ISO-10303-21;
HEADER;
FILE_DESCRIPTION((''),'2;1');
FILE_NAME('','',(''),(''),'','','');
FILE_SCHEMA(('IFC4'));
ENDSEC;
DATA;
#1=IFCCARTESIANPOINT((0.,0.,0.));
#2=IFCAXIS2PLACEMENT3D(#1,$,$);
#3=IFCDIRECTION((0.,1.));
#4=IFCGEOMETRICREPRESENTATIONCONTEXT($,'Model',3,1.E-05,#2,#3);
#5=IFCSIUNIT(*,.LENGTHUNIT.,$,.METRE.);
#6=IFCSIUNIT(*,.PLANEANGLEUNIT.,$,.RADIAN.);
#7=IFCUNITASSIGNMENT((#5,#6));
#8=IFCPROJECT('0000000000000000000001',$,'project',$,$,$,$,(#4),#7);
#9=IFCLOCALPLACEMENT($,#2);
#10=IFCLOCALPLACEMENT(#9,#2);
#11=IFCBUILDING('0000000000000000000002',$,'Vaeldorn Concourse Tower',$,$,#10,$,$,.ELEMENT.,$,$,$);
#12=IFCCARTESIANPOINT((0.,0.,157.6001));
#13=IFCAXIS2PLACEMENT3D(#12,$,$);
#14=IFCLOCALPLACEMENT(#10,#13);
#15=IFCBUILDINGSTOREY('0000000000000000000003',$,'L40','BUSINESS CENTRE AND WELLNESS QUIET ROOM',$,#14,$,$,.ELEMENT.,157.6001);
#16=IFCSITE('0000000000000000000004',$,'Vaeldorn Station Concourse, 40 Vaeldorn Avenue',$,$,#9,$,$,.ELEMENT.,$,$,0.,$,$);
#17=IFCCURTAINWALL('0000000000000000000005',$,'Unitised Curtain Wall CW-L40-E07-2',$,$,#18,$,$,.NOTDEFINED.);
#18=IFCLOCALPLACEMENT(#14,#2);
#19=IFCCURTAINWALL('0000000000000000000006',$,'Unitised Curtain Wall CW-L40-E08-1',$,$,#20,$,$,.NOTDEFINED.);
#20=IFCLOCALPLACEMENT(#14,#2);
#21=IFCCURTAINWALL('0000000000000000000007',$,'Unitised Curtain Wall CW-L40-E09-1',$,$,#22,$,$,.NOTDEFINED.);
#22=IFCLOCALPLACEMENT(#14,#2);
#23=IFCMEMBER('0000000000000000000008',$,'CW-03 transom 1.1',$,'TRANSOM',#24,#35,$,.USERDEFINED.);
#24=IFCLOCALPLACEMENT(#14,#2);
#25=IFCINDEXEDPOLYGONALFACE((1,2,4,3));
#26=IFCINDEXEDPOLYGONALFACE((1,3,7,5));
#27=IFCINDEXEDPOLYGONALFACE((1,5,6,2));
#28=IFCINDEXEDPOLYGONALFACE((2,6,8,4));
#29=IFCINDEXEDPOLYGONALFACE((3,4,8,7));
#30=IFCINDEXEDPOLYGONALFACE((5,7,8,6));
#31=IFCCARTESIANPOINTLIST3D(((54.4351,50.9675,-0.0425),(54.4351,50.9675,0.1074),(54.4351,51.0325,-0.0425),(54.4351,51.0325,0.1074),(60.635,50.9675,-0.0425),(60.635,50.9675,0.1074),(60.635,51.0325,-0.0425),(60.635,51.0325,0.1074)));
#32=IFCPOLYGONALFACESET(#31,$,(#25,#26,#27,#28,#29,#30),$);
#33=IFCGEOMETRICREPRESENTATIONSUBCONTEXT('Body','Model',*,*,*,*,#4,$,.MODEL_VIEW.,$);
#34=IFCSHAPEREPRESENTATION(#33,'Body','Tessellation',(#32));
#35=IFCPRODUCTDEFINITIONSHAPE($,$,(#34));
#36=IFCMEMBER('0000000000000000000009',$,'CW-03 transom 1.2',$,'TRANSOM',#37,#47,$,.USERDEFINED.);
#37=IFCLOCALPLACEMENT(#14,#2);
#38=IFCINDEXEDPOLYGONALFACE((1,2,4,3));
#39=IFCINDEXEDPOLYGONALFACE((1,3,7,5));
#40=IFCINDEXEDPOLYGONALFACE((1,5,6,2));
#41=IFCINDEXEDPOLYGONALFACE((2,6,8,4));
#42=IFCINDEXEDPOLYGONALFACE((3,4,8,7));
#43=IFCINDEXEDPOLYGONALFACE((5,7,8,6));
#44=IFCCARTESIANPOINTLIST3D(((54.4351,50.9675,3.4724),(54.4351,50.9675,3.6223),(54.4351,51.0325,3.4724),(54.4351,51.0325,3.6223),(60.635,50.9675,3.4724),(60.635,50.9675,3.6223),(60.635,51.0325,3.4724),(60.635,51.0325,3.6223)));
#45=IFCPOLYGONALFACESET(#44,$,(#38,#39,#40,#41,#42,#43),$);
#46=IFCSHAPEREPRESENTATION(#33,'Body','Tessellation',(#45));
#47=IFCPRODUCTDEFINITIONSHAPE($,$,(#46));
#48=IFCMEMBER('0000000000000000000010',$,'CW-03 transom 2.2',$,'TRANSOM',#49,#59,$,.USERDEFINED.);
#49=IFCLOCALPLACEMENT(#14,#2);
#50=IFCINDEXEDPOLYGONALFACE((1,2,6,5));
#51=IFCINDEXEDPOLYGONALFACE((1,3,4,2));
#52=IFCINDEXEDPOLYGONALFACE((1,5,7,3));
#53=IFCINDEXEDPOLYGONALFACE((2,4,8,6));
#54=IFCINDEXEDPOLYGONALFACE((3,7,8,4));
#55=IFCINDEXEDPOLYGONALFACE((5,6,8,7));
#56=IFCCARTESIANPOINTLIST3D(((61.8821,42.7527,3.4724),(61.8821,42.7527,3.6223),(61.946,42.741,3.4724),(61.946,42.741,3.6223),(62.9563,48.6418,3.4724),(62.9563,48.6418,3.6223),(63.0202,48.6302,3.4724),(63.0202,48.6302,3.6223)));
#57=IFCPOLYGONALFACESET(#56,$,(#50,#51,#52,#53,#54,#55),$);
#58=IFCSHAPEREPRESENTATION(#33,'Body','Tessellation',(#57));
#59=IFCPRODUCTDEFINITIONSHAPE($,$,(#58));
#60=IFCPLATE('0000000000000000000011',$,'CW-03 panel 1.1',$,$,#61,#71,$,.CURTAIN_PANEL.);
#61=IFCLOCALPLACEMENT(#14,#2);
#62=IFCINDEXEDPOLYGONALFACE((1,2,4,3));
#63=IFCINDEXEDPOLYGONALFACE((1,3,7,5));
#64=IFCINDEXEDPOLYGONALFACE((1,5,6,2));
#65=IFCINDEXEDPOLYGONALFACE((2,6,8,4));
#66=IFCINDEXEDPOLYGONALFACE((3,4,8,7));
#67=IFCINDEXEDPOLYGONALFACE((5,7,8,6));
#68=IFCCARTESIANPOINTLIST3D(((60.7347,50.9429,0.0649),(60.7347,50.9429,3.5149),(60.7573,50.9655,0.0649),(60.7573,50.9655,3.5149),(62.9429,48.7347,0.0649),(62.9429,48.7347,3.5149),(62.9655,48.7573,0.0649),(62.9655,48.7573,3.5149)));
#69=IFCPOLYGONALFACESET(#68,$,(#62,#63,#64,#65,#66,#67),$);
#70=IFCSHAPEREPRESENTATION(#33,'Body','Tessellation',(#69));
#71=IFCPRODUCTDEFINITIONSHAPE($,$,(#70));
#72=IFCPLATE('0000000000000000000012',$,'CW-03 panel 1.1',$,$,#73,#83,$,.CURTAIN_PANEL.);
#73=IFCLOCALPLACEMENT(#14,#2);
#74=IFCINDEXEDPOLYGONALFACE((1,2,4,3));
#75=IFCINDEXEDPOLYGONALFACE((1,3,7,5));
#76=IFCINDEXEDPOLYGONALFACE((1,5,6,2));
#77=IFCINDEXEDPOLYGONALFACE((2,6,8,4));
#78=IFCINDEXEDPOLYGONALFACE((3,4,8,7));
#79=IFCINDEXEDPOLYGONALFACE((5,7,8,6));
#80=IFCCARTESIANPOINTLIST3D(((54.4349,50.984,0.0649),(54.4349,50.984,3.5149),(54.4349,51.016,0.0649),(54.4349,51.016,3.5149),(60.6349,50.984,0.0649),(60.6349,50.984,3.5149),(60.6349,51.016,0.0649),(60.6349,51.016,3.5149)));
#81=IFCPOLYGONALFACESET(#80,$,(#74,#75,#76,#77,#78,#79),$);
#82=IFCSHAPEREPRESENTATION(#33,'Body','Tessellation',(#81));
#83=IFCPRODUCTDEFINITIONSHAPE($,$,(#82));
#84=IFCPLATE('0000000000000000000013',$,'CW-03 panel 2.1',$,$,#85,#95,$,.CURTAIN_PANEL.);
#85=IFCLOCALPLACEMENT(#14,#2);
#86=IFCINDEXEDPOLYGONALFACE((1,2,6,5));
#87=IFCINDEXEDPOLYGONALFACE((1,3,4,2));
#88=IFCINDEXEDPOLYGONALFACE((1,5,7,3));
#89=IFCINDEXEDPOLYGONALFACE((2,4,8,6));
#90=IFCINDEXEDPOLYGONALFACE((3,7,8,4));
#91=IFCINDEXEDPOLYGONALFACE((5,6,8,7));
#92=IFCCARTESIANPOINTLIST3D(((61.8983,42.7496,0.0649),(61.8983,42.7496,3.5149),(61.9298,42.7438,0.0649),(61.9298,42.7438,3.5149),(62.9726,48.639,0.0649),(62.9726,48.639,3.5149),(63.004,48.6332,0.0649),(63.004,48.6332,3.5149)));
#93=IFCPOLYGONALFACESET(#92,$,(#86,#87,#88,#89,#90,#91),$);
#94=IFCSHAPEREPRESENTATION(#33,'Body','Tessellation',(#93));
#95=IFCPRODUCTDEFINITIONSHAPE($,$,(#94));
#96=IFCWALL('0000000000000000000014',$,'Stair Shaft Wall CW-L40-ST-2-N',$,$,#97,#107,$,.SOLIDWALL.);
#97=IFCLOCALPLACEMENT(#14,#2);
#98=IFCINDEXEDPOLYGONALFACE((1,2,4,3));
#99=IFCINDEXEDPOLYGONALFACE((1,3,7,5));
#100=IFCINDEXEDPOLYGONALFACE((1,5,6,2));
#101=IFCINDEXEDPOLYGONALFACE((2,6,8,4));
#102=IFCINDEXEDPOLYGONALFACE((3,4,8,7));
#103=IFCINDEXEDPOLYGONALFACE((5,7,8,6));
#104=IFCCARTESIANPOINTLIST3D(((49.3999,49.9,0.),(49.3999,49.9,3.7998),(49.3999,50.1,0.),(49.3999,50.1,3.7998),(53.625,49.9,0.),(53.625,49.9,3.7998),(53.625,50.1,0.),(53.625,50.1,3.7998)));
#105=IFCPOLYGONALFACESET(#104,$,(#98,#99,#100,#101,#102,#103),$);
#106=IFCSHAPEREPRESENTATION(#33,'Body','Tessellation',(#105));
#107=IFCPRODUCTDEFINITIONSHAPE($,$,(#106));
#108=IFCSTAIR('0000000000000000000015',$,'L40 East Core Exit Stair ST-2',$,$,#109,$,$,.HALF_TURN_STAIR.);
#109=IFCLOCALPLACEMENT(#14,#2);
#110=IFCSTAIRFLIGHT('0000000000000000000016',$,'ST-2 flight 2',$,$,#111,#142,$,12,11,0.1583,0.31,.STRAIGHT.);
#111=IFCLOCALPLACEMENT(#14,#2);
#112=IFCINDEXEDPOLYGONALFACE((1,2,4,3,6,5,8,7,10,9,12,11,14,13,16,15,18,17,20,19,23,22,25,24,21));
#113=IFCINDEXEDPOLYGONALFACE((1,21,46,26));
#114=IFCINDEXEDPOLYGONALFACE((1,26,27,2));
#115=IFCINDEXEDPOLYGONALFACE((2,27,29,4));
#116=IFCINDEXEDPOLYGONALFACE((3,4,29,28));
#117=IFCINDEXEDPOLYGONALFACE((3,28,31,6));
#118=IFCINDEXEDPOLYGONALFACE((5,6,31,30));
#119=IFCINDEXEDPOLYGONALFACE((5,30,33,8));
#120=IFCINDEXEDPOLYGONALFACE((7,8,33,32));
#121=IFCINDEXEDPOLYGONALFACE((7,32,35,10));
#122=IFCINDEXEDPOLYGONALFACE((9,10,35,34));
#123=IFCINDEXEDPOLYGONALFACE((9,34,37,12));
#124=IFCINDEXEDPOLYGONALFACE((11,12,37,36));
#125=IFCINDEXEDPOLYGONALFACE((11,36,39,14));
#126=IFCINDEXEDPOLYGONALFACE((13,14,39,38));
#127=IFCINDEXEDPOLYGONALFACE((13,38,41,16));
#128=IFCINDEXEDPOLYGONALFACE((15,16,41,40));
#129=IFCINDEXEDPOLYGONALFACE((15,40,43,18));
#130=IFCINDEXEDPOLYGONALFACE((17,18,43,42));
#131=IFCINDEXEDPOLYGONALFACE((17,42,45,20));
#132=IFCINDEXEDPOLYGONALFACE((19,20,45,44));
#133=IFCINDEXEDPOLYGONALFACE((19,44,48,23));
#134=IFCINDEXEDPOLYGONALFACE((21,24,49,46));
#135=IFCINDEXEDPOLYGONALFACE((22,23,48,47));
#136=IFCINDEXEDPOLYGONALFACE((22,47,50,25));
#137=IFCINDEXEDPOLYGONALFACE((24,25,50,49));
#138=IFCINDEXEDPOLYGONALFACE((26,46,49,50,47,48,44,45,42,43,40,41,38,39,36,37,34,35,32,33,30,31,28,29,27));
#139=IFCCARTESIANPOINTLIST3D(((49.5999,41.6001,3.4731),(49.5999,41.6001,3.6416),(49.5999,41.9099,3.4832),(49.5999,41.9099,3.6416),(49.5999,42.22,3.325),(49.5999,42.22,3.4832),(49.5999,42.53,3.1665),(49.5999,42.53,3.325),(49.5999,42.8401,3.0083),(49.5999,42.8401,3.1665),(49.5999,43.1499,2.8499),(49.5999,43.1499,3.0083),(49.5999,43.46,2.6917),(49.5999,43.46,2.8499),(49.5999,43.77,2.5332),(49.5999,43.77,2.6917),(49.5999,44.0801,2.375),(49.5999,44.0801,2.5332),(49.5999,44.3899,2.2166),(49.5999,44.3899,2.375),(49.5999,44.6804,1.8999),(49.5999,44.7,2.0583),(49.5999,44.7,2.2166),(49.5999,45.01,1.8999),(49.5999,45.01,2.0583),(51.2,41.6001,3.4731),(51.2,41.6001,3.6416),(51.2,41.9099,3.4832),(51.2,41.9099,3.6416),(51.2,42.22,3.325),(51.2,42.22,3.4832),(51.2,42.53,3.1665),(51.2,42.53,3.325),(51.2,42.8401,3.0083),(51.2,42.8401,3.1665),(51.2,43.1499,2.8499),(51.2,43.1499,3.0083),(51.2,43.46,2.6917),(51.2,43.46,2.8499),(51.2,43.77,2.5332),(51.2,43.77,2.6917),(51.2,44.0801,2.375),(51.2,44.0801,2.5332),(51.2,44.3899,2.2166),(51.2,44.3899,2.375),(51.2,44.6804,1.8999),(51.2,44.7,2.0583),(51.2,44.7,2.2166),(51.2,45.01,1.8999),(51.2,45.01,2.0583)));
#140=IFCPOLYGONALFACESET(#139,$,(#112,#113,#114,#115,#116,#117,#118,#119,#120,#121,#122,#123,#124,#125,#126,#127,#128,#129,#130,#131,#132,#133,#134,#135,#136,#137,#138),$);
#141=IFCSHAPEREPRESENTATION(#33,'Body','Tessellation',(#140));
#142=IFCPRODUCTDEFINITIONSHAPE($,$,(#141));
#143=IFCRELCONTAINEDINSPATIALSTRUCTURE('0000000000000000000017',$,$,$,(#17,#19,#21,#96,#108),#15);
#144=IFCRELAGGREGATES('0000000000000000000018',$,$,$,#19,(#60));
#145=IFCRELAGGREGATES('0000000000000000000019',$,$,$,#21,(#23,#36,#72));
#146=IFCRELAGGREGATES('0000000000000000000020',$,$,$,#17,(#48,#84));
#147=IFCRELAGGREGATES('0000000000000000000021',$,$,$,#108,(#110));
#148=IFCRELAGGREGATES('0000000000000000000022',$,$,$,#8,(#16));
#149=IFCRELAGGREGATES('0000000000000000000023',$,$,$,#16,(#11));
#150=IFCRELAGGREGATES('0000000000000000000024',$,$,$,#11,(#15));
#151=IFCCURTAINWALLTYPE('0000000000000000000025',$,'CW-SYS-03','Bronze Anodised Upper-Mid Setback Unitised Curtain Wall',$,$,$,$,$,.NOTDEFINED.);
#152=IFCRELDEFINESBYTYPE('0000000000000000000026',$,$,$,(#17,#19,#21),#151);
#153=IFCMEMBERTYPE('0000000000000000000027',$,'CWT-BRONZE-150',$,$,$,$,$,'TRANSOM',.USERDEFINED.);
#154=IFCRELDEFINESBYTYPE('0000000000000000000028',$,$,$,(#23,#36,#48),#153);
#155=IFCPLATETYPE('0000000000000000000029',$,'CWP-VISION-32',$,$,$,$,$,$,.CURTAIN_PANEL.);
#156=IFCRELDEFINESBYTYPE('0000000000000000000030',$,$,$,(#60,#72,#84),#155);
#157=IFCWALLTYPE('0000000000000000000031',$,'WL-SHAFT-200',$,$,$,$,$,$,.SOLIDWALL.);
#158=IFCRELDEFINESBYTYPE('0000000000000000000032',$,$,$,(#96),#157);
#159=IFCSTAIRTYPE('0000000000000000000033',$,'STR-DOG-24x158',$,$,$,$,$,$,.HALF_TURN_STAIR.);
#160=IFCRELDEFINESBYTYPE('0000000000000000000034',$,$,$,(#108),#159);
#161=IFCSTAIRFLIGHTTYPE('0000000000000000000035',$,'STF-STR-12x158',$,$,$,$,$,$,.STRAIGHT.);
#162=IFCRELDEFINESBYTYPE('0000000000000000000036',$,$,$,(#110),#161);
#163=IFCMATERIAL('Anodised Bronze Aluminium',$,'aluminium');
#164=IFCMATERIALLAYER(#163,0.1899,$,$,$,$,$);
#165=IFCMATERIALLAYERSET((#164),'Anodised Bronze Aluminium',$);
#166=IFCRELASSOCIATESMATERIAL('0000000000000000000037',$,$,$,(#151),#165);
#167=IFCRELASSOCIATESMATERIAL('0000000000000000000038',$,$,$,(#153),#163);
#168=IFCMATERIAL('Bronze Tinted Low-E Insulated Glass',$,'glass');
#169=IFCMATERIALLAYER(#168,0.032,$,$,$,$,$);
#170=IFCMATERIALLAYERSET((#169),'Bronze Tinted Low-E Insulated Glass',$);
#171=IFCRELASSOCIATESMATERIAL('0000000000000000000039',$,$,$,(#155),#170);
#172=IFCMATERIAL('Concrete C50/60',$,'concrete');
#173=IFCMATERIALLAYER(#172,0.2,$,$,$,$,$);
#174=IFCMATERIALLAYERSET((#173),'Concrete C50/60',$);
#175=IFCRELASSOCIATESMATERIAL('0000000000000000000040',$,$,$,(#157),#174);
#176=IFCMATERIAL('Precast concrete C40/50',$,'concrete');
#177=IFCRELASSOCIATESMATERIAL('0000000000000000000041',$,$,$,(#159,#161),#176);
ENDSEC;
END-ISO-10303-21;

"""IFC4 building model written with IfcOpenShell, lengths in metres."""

from ifc_helpers import new_model, si_unit, direction, frame, frame_2d, origin, origin_2d, place, context, subcontext, project, spatial, polyline, rectangle, outline, extrude, source, transform, mapped, material, layer, layer_set, material_profile, profile_set, type_object, element, aggregate, save


model = new_model("IFC4")

# Units and contexts
model_context = context("Model", 3, precision=1e-05, world=origin(), true_north=direction((0.0, 1.0)))
body_context = subcontext(model_context, "Body", "Model", "MODEL_VIEW")
ifc_project = project(units=[si_unit("LENGTHUNIT", "METRE"), si_unit("PLANEANGLEUNIT", "RADIAN")], contexts=[model_context])

# Site, building, storey
site_placement = place(None, origin())
site = spatial("IfcSite", under=ifc_project, at=site_placement, Name="Vaeldorn Station Concourse, 40 Vaeldorn Avenue", CompositionType="ELEMENT", RefElevation=0.0)
building_placement = place(site_placement, origin())
building = spatial("IfcBuilding", under=site, at=building_placement, Name="Vaeldorn Concourse Tower", CompositionType="ELEMENT")
storey_placement = place(building_placement, frame((0.0, 0.0, 157.6001)))
storey = spatial("IfcBuildingStorey", under=building, at=storey_placement, Name="L40", Description="BUSINESS CENTRE AND WELLNESS QUIET ROOM", CompositionType="ELEMENT", Elevation=157.6001)

# Curtain wall
ifc_material_1 = material(Name="Anodised Bronze Aluminium", Category="aluminium")
ifc_layer_1 = layer(ifc_material_1, 0.1899)
ifc_layer_set_1 = layer_set([ifc_layer_1], Name="Anodised Bronze Aluminium")
curtain_wall_type = type_object("IfcCurtainWallType", Name="CW-SYS-03", Description="Bronze Anodised Upper-Mid Setback Unitised Curtain Wall", PredefinedType="NOTDEFINED", material=ifc_layer_set_1)
curtain_wall_1_placement = place(storey_placement, origin())
curtain_wall_1 = element("IfcCurtainWall", 1, at=curtain_wall_1_placement, inside=storey, type_object=curtain_wall_type, Name="Unitised Curtain Wall CW-L40-E07-2", PredefinedType="NOTDEFINED")

# Curtain walls
curtain_wall_2_placement = place(storey_placement, origin())
curtain_wall_2 = element("IfcCurtainWall", 2, at=curtain_wall_2_placement, inside=storey, type_object=curtain_wall_type, Name="Unitised Curtain Wall CW-L40-E08-1", PredefinedType="NOTDEFINED")
curtain_wall_3_placement = place(storey_placement, origin())
curtain_wall_3 = element("IfcCurtainWall", 3, at=curtain_wall_3_placement, inside=storey, type_object=curtain_wall_type, Name="Unitised Curtain Wall CW-L40-E09-1", PredefinedType="NOTDEFINED")

# Members
ifc_material_profile_1 = material_profile(ifc_material_1, rectangle(XDim=0.0649, YDim=0.1499, at=origin_2d()), Name="CWT 65x150")
ifc_profile_set_1 = profile_set([ifc_material_profile_1], Name="Anodised Bronze Aluminium")
member_type_1 = type_object("IfcMemberType", Name="CWT-BRONZE-150", ElementType="TRANSOM", PredefinedType="USERDEFINED", material=ifc_profile_set_1)
shared_shape_1 = source(origin(), body_context, "Body", "SweptSolid", [
    extrude(rectangle(XDim=0.0649, YDim=0.1499, at=origin_2d()), origin(), (0.0, 0.0, 1.0), 6.2),
])
member_1_placement = place(storey_placement, frame((60.635, 51.0, 0.0325), z_axis=(-1.0, 0.0, 0.0), x_axis=(0.0, -1.0, 0.0)))
member_1 = element("IfcMember", 4, at=member_1_placement, type_object=member_type_1, Name="CW-03 transom 1.1", ObjectType="TRANSOM", PredefinedType="USERDEFINED", context=body_context, shape_type="MappedRepresentation", body=[
    mapped(shared_shape_1, transform((0.0, 0.0, 0.0), scale=1.0)),
])
member_2_placement = place(storey_placement, frame((60.635, 51.0, 3.5474), z_axis=(-1.0, 0.0, 0.0), x_axis=(0.0, -1.0, 0.0)))
member_2 = element("IfcMember", 5, at=member_2_placement, type_object=member_type_1, Name="CW-03 transom 1.2", ObjectType="TRANSOM", PredefinedType="USERDEFINED", context=body_context, shape_type="MappedRepresentation", body=[
    mapped(shared_shape_1, transform((0.0, 0.0, 0.0), scale=1.0)),
])
shared_shape_2 = source(origin(), body_context, "Body", "SweptSolid", [
    extrude(rectangle(XDim=0.0649, YDim=0.1499, at=origin_2d()), origin(), (0.0, 0.0, 1.0), 5.9863),
])
member_3_placement = place(storey_placement, frame((61.9141, 42.7468, 3.5474), z_axis=(0.179445, 0.983768, 0.0), x_axis=(-0.983768, 0.179445, 0.0)))
member_3 = element("IfcMember", 6, at=member_3_placement, type_object=member_type_1, Name="CW-03 transom 2.2", ObjectType="TRANSOM", PredefinedType="USERDEFINED", context=body_context, shape_type="MappedRepresentation", body=[
    mapped(shared_shape_2, transform((0.0, 0.0, 0.0), scale=1.0)),
])

# Plates
ifc_material_2 = material(Name="Bronze Tinted Low-E Insulated Glass", Category="glass")
ifc_layer_2 = layer(ifc_material_2, 0.032)
ifc_layer_set_2 = layer_set([ifc_layer_2], Name="Bronze Tinted Low-E Insulated Glass")
plate_type = type_object("IfcPlateType", Name="CWP-VISION-32", PredefinedType="CURTAIN_PANEL", material=ifc_layer_set_2)
shared_shape_3 = source(origin(), body_context, "Body", "SweptSolid", [
    extrude(rectangle(XDim=3.1228, YDim=0.032, at=origin_2d()), origin(), (0.0, 0.0, 1.0), 3.45),
])
plate_1_placement = place(storey_placement, frame((61.8501, 49.8501, 0.0649), z_axis=(0.0, 0.0, 1.0), x_axis=(-0.707107, 0.707107, 0.0)))
plate_1 = element("IfcPlate", 7, at=plate_1_placement, type_object=plate_type, Name="CW-03 panel 1.1", PredefinedType="CURTAIN_PANEL", context=body_context, shape_type="MappedRepresentation", body=[
    mapped(shared_shape_3, transform((0.0, 0.0, 0.0), scale=1.0)),
])
aggregate(curtain_wall_2, [plate_1])
shared_shape_4 = source(origin(), body_context, "Body", "SweptSolid", [
    extrude(rectangle(XDim=6.2, YDim=0.032, at=origin_2d()), origin(), (0.0, 0.0, 1.0), 3.45),
])
plate_2_placement = place(storey_placement, frame((57.5349, 51.0, 0.0649), z_axis=(0.0, 0.0, 1.0), x_axis=(-1.0, 0.0, 0.0)))
plate_2 = element("IfcPlate", 8, at=plate_2_placement, type_object=plate_type, Name="CW-03 panel 1.1", PredefinedType="CURTAIN_PANEL", context=body_context, shape_type="MappedRepresentation", body=[
    mapped(shared_shape_4, transform((0.0, 0.0, 0.0), scale=1.0)),
])
aggregate(curtain_wall_3, [member_1, member_2, plate_2])
shared_shape_5 = source(origin(), body_context, "Body", "SweptSolid", [
    extrude(rectangle(XDim=5.9866, YDim=0.032, at=origin_2d()), origin(), (0.0, 0.0, 1.0), 3.45),
])
plate_3_placement = place(storey_placement, frame((62.4512, 45.6914, 0.0649), z_axis=(0.0, 0.0, 1.0), x_axis=(0.179447, 0.983768, 0.0)))
plate_3 = element("IfcPlate", 9, at=plate_3_placement, type_object=plate_type, Name="CW-03 panel 2.1", PredefinedType="CURTAIN_PANEL", context=body_context, shape_type="MappedRepresentation", body=[
    mapped(shared_shape_5, transform((0.0, 0.0, 0.0), scale=1.0)),
])
aggregate(curtain_wall_1, [member_3, plate_3])

# Wall
ifc_material_3 = material(Name="Concrete C50/60", Category="concrete")
ifc_layer_3 = layer(ifc_material_3, 0.2)
ifc_layer_set_3 = layer_set([ifc_layer_3], Name="Concrete C50/60")
wall_type = type_object("IfcWallType", Name="WL-SHAFT-200", PredefinedType="SOLIDWALL", material=ifc_layer_set_3)
wall_placement = place(storey_placement, frame((49.3999, 50.0, 0.0), z_axis=(0.0, 0.0, 1.0), x_axis=(1.0, 0.0, 0.0)))
element("IfcWall", 10, at=wall_placement, inside=storey, type_object=wall_type, Name="Stair Shaft Wall CW-L40-ST-2-N", PredefinedType="SOLIDWALL", context=body_context, shape_type="SweptSolid", body=[
    extrude(rectangle(XDim=4.2251, YDim=0.2, at=frame_2d((2.1125, 0.0))), origin(), (0.0, 0.0, 1.0), 3.7998),
])

# Stair, stair flight
ifc_material_4 = material(Name="Precast concrete C40/50", Category="concrete")
stair_type = type_object("IfcStairType", Name="STR-DOG-24x158", PredefinedType="HALF_TURN_STAIR", material=ifc_material_4)
stair_placement = place(storey_placement, origin())
stair = element("IfcStair", 11, at=stair_placement, inside=storey, type_object=stair_type, Name="L40 East Core Exit Stair ST-2", PredefinedType="HALF_TURN_STAIR")
stair_flight_type = type_object("IfcStairFlightType", Name="STF-STR-12x158", PredefinedType="STRAIGHT", material=ifc_material_4)
stair_flight_placement = place(storey_placement, frame((50.3999, 45.01, 1.8999), z_axis=(0.0, 0.0, 1.0), x_axis=(0.0, -1.0, 0.0)))
stair_flight = element("IfcStairFlight", 12, at=stair_flight_placement, type_object=stair_flight_type, Name="ST-2 flight 2", NumberOfRisers=12, NumberOfTreads=11, PredefinedType="STRAIGHT", RiserHeight=0.1583, TreadLength=0.31, context=body_context, shape_type="SweptSolid", body=[
    extrude(outline(polyline([(0.0, 0.0), (0.0, 0.1584), (0.3101, 0.1584), (0.3101, 0.3167), (0.6201, 0.3167), (0.6201, 0.4751), (0.9299, 0.4751), (0.9299, 0.6333), (1.24, 0.6333), (1.24, 0.7917), (1.55, 0.7917), (1.55, 0.95), (1.8601, 0.95), (1.8601, 1.1084), (2.1699, 1.1084), (2.1699, 1.2666), (2.48, 1.2666), (2.48, 1.425), (2.79, 1.425), (2.79, 1.5833), (3.1001, 1.5833), (3.1001, 1.7417), (3.4099, 1.7417), (3.4099, 1.8999), (3.4099, 1.5732), (0.3296, 0.0), (0.0, 0.0)])), frame((0.0, 0.8, 0.0), z_axis=(0.0, -1.0, 0.0), x_axis=(1.0, 0.0, 0.0)), (0.0, 0.0, 1.0), 1.6001),
])
aggregate(stair, [stair_flight])

save(model, "model.ifc")
